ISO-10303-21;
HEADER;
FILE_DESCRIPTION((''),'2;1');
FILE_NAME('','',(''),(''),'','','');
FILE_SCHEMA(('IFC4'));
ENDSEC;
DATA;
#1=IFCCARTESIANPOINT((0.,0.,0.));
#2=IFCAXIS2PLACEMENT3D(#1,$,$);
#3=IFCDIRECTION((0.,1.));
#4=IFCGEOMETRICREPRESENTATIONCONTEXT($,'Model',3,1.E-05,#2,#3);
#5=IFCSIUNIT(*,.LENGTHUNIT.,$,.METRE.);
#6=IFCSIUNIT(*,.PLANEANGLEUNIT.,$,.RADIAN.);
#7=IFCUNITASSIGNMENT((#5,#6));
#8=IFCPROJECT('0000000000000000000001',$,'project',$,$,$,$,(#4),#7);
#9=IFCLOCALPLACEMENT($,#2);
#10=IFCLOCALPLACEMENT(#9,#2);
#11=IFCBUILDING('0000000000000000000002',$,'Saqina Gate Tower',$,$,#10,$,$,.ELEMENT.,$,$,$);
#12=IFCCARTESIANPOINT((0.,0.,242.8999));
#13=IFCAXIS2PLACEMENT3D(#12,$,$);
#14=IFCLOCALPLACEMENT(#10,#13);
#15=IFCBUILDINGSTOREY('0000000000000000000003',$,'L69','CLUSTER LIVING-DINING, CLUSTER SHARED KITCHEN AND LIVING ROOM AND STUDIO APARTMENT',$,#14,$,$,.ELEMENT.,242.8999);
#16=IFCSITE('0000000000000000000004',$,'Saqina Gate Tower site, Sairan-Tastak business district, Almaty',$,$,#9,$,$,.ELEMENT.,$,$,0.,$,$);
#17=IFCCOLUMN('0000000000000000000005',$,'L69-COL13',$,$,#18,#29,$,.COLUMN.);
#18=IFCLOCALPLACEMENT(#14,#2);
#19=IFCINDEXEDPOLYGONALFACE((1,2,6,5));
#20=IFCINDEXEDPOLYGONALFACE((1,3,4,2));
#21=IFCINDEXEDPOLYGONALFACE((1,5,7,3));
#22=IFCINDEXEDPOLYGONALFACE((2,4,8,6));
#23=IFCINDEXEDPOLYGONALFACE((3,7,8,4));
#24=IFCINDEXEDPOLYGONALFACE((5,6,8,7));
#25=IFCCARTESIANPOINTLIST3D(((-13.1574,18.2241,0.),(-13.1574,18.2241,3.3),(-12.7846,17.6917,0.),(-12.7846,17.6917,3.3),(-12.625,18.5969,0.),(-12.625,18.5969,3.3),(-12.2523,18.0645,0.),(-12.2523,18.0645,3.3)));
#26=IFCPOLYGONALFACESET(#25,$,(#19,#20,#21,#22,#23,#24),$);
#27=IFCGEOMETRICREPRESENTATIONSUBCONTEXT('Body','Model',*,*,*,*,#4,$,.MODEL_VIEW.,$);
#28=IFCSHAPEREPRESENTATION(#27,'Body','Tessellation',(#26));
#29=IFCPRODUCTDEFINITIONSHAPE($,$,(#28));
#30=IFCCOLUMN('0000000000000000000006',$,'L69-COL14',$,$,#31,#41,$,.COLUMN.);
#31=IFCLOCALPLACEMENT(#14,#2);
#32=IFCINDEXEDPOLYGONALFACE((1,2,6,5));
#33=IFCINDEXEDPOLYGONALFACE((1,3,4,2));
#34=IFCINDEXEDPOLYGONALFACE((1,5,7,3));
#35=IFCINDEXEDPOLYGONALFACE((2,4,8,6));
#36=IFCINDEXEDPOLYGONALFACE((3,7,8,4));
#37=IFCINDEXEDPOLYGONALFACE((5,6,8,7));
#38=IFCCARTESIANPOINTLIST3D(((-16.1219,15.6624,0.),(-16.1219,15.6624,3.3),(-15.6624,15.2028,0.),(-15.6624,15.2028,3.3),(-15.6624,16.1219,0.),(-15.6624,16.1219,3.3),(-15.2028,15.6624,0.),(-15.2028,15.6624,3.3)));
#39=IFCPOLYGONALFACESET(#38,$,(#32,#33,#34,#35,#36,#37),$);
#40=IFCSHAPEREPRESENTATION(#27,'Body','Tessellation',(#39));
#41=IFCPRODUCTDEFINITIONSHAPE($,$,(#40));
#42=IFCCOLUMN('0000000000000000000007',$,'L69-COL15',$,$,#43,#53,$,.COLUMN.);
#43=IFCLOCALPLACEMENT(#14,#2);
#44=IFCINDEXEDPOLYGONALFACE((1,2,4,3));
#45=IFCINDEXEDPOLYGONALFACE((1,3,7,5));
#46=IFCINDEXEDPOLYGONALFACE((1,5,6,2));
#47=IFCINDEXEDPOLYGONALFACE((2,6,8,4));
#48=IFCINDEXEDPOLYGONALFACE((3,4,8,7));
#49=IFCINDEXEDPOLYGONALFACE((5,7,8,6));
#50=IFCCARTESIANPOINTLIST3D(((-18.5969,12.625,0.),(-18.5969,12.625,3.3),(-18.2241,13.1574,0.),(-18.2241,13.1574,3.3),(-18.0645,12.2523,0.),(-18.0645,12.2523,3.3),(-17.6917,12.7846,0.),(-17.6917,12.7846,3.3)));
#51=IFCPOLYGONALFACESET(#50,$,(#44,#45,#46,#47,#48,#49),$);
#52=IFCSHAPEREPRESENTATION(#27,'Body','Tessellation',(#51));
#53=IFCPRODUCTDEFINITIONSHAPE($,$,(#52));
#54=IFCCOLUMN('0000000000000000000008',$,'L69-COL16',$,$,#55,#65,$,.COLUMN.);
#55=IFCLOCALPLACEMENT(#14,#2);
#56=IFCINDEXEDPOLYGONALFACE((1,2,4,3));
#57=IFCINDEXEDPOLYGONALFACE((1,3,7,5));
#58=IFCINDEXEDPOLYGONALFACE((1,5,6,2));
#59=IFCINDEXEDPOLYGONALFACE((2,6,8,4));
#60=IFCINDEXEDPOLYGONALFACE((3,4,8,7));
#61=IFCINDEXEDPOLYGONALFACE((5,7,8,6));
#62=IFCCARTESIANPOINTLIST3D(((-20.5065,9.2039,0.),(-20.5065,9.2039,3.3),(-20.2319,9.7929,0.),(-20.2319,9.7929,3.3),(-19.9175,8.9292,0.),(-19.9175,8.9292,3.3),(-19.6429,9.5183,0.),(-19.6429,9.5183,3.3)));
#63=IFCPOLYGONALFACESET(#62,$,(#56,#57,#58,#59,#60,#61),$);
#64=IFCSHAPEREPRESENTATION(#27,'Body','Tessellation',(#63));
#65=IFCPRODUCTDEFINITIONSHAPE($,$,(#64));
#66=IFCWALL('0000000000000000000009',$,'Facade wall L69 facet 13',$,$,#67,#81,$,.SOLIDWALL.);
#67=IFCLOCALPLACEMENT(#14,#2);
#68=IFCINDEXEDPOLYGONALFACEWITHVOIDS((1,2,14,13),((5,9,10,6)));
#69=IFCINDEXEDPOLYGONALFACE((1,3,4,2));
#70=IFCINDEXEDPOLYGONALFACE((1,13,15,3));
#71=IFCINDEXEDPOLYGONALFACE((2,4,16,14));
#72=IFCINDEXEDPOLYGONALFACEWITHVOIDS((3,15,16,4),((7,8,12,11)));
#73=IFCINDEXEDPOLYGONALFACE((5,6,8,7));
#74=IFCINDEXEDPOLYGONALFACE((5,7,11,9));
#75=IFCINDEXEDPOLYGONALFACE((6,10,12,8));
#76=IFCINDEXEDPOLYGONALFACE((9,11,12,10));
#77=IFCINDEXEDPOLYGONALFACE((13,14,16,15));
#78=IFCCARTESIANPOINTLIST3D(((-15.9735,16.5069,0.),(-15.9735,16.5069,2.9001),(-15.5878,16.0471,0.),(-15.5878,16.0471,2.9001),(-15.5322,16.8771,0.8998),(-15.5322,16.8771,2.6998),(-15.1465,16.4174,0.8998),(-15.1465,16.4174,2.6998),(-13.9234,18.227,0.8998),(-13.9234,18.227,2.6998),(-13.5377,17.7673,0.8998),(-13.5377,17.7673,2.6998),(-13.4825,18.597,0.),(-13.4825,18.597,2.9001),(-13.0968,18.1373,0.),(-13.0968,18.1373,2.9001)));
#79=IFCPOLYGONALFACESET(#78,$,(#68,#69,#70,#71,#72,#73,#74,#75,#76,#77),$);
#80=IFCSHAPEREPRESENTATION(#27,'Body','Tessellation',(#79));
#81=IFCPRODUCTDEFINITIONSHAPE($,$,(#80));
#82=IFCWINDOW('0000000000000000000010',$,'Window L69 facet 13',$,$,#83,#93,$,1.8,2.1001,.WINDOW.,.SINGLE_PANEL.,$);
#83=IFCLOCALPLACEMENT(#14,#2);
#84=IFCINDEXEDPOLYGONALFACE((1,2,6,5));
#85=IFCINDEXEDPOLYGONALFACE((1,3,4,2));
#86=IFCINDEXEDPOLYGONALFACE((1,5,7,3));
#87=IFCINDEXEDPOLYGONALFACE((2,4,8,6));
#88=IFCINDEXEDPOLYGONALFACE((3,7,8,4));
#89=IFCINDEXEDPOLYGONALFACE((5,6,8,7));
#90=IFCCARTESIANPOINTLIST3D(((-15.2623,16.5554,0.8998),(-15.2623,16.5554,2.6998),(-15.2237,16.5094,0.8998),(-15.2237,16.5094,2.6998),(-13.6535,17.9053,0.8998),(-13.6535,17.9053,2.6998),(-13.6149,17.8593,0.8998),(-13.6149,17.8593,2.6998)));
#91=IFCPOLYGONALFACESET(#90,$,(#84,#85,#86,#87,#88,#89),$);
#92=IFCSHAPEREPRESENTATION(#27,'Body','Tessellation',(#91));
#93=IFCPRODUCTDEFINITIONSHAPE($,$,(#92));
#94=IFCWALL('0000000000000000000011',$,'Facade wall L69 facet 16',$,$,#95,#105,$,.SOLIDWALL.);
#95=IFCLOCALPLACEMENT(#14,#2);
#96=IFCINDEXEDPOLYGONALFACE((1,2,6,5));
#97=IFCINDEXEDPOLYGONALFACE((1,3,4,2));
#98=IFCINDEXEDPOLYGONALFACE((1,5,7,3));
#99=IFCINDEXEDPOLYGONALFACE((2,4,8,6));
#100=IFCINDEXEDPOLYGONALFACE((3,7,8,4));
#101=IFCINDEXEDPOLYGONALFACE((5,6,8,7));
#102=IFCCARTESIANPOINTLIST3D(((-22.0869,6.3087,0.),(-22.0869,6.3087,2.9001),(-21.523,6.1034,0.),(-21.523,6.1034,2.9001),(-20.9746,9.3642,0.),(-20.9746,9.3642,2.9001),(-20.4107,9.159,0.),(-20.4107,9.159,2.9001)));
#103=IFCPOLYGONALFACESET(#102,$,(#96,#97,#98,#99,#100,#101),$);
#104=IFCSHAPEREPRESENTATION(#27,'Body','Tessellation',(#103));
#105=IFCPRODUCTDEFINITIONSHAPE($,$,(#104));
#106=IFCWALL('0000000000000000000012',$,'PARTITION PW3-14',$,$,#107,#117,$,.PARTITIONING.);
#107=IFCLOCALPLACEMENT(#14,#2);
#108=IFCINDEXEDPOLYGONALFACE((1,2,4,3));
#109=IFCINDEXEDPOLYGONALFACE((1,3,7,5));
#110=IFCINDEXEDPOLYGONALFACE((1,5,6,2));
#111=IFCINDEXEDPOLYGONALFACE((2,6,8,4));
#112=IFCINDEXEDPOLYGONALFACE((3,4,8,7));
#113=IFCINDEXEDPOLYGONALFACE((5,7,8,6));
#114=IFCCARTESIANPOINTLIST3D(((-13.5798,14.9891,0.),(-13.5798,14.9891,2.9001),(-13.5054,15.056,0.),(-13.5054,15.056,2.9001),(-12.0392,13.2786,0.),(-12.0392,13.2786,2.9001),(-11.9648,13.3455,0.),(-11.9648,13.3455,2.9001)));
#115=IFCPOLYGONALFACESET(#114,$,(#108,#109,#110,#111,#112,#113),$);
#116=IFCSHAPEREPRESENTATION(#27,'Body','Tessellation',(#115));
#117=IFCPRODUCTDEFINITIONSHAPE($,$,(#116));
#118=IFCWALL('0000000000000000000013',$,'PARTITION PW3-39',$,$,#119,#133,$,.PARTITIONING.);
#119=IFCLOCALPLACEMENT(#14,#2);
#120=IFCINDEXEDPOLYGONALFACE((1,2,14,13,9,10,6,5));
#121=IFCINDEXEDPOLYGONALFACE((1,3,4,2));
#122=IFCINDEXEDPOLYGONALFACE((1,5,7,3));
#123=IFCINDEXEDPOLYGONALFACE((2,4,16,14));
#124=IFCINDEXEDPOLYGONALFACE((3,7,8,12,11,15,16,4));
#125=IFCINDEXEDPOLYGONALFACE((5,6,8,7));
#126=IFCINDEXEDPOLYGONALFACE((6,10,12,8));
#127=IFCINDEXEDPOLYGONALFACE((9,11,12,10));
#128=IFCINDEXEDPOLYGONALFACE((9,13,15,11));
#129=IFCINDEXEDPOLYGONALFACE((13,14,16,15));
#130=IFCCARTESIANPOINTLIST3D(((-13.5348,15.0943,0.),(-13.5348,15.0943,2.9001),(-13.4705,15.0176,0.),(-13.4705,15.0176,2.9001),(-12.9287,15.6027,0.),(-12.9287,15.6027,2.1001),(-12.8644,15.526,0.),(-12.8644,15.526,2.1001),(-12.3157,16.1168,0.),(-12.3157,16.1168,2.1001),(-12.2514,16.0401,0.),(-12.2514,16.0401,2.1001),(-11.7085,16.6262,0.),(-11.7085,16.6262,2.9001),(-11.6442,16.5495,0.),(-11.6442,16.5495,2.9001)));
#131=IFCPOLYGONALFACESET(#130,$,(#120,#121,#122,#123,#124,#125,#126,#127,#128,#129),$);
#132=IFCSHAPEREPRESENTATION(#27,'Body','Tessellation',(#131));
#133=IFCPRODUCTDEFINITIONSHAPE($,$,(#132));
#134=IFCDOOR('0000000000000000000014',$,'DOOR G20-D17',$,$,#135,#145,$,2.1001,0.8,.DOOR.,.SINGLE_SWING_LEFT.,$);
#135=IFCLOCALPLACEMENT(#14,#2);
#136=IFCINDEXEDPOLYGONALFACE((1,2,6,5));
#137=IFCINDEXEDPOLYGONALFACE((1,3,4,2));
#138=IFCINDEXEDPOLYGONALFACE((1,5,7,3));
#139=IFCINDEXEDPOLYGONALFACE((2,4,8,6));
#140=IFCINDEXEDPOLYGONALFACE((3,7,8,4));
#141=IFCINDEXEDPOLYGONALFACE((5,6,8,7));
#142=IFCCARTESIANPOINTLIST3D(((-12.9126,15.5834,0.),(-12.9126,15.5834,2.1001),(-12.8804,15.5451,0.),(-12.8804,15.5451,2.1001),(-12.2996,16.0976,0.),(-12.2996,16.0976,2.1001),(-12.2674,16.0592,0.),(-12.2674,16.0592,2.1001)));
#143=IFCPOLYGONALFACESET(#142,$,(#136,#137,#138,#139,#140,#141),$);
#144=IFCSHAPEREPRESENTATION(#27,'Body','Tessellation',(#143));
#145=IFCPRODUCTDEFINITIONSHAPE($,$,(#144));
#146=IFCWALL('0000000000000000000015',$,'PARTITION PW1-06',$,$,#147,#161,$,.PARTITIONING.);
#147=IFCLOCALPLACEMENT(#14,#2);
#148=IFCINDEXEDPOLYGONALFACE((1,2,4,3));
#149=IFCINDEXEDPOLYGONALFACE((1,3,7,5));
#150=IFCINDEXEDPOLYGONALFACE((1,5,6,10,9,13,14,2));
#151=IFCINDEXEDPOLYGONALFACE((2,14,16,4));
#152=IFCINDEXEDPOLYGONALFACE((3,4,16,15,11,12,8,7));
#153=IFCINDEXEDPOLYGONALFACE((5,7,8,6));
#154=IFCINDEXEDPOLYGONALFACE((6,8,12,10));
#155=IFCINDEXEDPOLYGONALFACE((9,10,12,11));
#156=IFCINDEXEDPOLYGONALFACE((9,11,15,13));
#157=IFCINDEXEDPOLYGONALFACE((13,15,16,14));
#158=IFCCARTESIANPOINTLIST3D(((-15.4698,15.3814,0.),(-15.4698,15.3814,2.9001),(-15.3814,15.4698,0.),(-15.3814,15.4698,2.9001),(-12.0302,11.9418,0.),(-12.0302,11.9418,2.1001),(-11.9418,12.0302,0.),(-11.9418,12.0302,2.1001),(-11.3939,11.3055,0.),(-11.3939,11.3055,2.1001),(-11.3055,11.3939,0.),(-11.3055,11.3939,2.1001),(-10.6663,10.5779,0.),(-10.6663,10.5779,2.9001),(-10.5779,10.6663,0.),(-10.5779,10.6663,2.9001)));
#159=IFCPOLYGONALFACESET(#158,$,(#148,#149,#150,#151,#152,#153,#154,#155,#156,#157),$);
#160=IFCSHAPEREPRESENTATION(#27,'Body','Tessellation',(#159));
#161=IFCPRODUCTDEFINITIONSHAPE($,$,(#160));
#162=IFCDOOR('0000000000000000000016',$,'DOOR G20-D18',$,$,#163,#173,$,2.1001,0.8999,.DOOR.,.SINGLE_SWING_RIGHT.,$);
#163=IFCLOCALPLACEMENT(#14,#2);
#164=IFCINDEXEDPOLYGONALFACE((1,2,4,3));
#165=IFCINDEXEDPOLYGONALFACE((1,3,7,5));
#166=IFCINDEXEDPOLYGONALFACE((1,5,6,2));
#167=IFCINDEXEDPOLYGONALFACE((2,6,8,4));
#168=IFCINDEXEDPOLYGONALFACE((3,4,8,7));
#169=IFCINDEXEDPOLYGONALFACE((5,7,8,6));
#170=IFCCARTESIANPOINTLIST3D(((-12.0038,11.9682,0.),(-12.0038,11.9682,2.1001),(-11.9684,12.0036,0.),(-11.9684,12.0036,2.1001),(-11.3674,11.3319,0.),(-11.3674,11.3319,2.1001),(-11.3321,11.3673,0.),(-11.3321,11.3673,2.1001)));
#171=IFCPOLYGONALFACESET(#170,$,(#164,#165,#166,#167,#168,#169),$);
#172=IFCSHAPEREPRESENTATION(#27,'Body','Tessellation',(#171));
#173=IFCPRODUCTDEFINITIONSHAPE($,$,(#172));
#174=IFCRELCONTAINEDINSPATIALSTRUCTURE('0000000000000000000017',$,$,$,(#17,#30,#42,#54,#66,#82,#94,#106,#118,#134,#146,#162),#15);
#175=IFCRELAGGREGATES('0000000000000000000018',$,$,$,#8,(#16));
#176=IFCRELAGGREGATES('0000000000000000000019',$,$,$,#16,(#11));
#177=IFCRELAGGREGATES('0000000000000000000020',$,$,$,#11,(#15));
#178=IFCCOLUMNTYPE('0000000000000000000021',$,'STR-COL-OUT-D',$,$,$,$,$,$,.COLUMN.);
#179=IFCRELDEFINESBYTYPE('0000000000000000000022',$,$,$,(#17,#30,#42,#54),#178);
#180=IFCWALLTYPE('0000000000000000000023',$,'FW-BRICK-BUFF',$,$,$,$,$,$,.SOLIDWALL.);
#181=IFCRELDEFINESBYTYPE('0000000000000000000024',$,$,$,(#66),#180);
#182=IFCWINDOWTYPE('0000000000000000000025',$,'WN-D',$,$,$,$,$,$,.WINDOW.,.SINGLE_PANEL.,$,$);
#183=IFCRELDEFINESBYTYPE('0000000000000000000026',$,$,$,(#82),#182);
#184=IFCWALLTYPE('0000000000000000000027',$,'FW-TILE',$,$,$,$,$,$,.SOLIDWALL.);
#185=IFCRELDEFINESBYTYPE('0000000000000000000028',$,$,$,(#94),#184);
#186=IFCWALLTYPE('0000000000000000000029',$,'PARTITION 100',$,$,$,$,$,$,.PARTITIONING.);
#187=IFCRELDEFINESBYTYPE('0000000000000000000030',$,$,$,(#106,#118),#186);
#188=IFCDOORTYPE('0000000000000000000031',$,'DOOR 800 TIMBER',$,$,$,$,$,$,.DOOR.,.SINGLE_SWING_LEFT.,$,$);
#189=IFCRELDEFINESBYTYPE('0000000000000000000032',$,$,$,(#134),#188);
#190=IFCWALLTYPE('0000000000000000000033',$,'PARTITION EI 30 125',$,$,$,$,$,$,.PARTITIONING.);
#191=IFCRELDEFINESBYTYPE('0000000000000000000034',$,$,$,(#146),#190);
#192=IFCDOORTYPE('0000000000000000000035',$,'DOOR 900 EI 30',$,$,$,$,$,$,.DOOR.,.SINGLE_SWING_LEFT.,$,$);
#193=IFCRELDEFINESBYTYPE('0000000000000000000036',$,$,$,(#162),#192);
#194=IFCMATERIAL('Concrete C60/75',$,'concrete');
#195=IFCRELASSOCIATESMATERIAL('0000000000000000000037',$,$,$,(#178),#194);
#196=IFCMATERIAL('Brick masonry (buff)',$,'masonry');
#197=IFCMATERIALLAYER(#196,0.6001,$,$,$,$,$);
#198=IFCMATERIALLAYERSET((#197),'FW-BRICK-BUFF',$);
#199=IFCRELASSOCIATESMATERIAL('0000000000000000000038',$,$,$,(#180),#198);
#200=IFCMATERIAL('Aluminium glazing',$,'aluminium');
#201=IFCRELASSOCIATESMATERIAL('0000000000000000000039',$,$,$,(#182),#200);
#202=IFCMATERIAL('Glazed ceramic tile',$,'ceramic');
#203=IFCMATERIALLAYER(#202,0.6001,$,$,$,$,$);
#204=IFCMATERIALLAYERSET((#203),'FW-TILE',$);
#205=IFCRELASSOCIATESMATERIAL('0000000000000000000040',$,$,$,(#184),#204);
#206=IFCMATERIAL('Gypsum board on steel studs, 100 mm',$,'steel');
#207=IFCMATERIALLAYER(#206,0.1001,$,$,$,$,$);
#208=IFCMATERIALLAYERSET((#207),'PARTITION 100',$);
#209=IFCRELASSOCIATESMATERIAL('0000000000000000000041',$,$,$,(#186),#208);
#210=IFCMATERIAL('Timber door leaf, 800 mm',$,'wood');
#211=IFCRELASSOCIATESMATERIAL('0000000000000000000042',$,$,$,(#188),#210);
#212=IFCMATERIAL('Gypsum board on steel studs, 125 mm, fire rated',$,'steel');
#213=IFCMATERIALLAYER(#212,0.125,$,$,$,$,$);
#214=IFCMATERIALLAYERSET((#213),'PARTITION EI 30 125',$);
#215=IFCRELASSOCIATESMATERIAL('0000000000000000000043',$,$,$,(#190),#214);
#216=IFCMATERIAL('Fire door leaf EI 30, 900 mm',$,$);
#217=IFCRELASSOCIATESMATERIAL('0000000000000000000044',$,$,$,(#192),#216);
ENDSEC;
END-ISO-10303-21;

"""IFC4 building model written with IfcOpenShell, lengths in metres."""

from ifc_helpers import new_model, si_unit, direction, frame, frame_2d, origin, origin_2d, place, context, subcontext, project, spatial, rectangle, extrude, material, layer, layer_set, material_profile, profile_set, type_object, element, fill, save


model = new_model("IFC4")

# Units and contexts
model_context = context("Model", 3, precision=1e-05, world=origin(), true_north=direction((0.0, 1.0)))
body_context = subcontext(model_context, "Body", "Model", "MODEL_VIEW")
ifc_project = project(units=[si_unit("LENGTHUNIT", "METRE"), si_unit("PLANEANGLEUNIT", "RADIAN")], contexts=[model_context])

# Site, building, storey
site_placement = place(None, origin())
site = spatial("IfcSite", under=ifc_project, at=site_placement, Name="Saqina Gate Tower site, Sairan-Tastak business district, Almaty", CompositionType="ELEMENT", RefElevation=0.0)
building_placement = place(site_placement, origin())
building = spatial("IfcBuilding", under=site, at=building_placement, Name="Saqina Gate Tower", CompositionType="ELEMENT")
storey_placement = place(building_placement, frame((0.0, 0.0, 242.8999)))
storey = spatial("IfcBuildingStorey", under=building, at=storey_placement, Name="L69", Description="CLUSTER LIVING-DINING, CLUSTER SHARED KITCHEN AND LIVING ROOM AND STUDIO APARTMENT", CompositionType="ELEMENT", Elevation=242.8999)

# Columns
ifc_material_1 = material(Name="Concrete C60/75", Category="concrete")
ifc_material_profile = material_profile(ifc_material_1, rectangle(XDim=0.6499, YDim=0.6499, at=origin_2d()), Name="RC 650x650")
ifc_profile_set = profile_set([ifc_material_profile], Name="Concrete C60/75")
column_type = type_object("IfcColumnType", Name="STR-COL-OUT-D", PredefinedType="COLUMN", material=ifc_profile_set)
for number, where, z_axis, x_axis, name in (
    (1, (-12.7048, 18.1443, 0.0), (0.0, 0.0, 1.0), (-0.573576, 0.819152, 0.0), "L69-COL13"),
    (2, (-15.6624, 15.6624, 0.0), (0.0, 0.0, 1.0), (-0.707107, 0.707107, 0.0), "L69-COL14"),
    (3, (-18.1443, 12.7048, 0.0), (0.0, 0.0, 1.0), (-0.819152, 0.573576, 0.0), "L69-COL15"),
    (4, (-20.0747, 9.3611, 0.0), (0.0, 0.0, 1.0), (-0.906308, 0.422618, 0.0), "L69-COL16"),
):
    element("IfcColumn", number, at=place(storey_placement, frame(where, z_axis=z_axis, x_axis=x_axis)), inside=storey, type_object=column_type, Name=name, PredefinedType="COLUMN", context=body_context, shape_type="SweptSolid", body=[
        extrude(rectangle(XDim=0.6499, YDim=0.6499, at=origin_2d()), origin(), (0.0, 0.0, 1.0), 3.3),
    ])

# Wall, opening, window
ifc_material_2 = material(Name="Brick masonry (buff)", Category="masonry")
ifc_layer_1 = layer(ifc_material_2, 0.6001)
ifc_layer_set_1 = layer_set([ifc_layer_1], Name="FW-BRICK-BUFF")
wall_type_1 = type_object("IfcWallType", Name="FW-BRICK-BUFF", PredefinedType="SOLIDWALL", material=ifc_layer_set_1)
wall_1_placement = place(storey_placement, frame((-13.2896, 18.3672, 0.0), z_axis=(0.0, 0.0, 1.0), x_axis=(-0.766057, -0.642773, 0.0)))
wall_1 = element("IfcWall", 5, at=wall_1_placement, inside=storey, type_object=wall_type_1, Name="Facade wall L69 facet 13", PredefinedType="SOLIDWALL", context=body_context, shape_type="SweptSolid", body=[
    extrude(rectangle(XDim=3.2517, YDim=0.6001, at=frame_2d((1.626, 0.0))), origin(), (0.0, 0.0, 1.0), 2.9001),
])
opening_1_placement = place(wall_1_placement, frame((0.5757, 0.0, 0.8999)))
opening_1 = element("IfcOpeningElement", 6, at=opening_1_placement, cuts=wall_1, PredefinedType="OPENING", context=body_context, shape_type="SweptSolid", body=[
    extrude(rectangle(XDim=2.1001, YDim=1.8, at=frame_2d((1.05, 0.8999))), frame((0.0, 0.312, 0.0), z_axis=(0.0, -1.0, 0.0), x_axis=(1.0, 0.0, 0.0)), (0.0, 0.0, 1.0), 0.624),
])
ifc_material_3 = material(Name="Aluminium glazing", Category="aluminium")
window_type = type_object("IfcWindowType", Name="WN-D", PartitioningType="SINGLE_PANEL", PredefinedType="WINDOW", material=ifc_material_3)
window_placement = place(opening_1_placement, origin())
window = element("IfcWindow", 7, at=window_placement, inside=storey, type_object=window_type, Name="Window L69 facet 13", OverallHeight=1.8, OverallWidth=2.1001, PartitioningType="SINGLE_PANEL", PredefinedType="WINDOW", context=body_context, shape_type="SweptSolid", body=[
    extrude(rectangle(XDim=2.1001, YDim=1.8, at=frame_2d((1.05, 0.8999))), frame((0.0, 0.1799, 0.0), z_axis=(0.0, -1.0, 0.0), x_axis=(1.0, 0.0, 0.0)), (0.0, 0.0, 1.0), 0.0601),
])
fill(opening_1, window)

# Walls
ifc_material_4 = material(Name="Glazed ceramic tile", Category="ceramic")
ifc_layer_2 = layer(ifc_material_4, 0.6001)
ifc_layer_set_2 = layer_set([ifc_layer_2], Name="FW-TILE")
wall_type_2 = type_object("IfcWallType", Name="FW-TILE", PredefinedType="SOLIDWALL", material=ifc_layer_set_2)
wall_2_placement = place(storey_placement, frame((-20.6926, 9.2617, 0.0), z_axis=(0.0, 0.0, 1.0), x_axis=(-0.342057, -0.939679, 0.0)))
element("IfcWall", 8, at=wall_2_placement, inside=storey, type_object=wall_type_2, Name="Facade wall L69 facet 16", PredefinedType="SOLIDWALL", context=body_context, shape_type="SweptSolid", body=[
    extrude(rectangle(XDim=3.2517, YDim=0.6001, at=frame_2d((1.626, 0.0))), origin(), (0.0, 0.0, 1.0), 2.9001),
])
ifc_material_5 = material(Name="Gypsum board on steel studs, 100 mm", Category="steel")
ifc_layer_3 = layer(ifc_material_5, 0.1001)
ifc_layer_set_3 = layer_set([ifc_layer_3], Name="PARTITION 100")
wall_type_3 = type_object("IfcWallType", Name="PARTITION 100", PredefinedType="PARTITIONING", material=ifc_layer_set_3)
wall_3_placement = place(storey_placement, frame((-13.5425, 15.0225, 0.0), z_axis=(0.0, 0.0, 1.0), x_axis=(0.669234, -0.743052, 0.0)))
element("IfcWall", 9, at=wall_3_placement, inside=storey, type_object=wall_type_3, Name="PARTITION PW3-14", PredefinedType="PARTITIONING", context=body_context, shape_type="SweptSolid", body=[
    extrude(rectangle(XDim=2.302, YDim=0.1001, at=frame_2d((1.1509, 0.0))), origin(), (0.0, 0.0, 1.0), 2.9001),
])

# Walls, openings, doors
wall_4_placement = place(storey_placement, frame((-13.5027, 15.0559, 0.0), z_axis=(0.0, 0.0, 1.0), x_axis=(0.766161, 0.642649, 0.0)))
wall_4 = element("IfcWall", 10, at=wall_4_placement, inside=storey, type_object=wall_type_3, Name="PARTITION PW3-39", PredefinedType="PARTITIONING", context=body_context, shape_type="SweptSolid", body=[
    extrude(rectangle(XDim=2.3838, YDim=0.1001, at=frame_2d((1.1919, 0.0))), origin(), (0.0, 0.0, 1.0), 2.9001),
])
opening_2_placement = place(wall_4_placement, frame((0.7913, 0.0, 0.0)))
opening_2 = element("IfcOpeningElement", 11, at=opening_2_placement, cuts=wall_4, PredefinedType="OPENING", context=body_context, shape_type="SweptSolid", body=[
    extrude(rectangle(XDim=0.8, YDim=2.1001, at=frame_2d((0.3999, 1.05))), frame((0.0, 0.062, 0.0), z_axis=(0.0, -1.0, 0.0), x_axis=(1.0, 0.0, 0.0)), (0.0, 0.0, 1.0), 0.124),
])
ifc_material_6 = material(Name="Timber door leaf, 800 mm", Category="wood")
door_type_1 = type_object("IfcDoorType", Name="DOOR 800 TIMBER", OperationType="SINGLE_SWING_LEFT", PredefinedType="DOOR", material=ifc_material_6)
door_1_placement = place(opening_2_placement, origin())
door_1 = element("IfcDoor", 12, at=door_1_placement, inside=storey, type_object=door_type_1, Name="DOOR G20-D17", OperationType="SINGLE_SWING_LEFT", OverallHeight=2.1001, OverallWidth=0.8, PredefinedType="DOOR", context=body_context, shape_type="SweptSolid", body=[
    extrude(rectangle(XDim=0.8, YDim=2.1001, at=frame_2d((0.3999, 1.05))), frame((0.0, 0.0249, 0.0), z_axis=(0.0, -1.0, 0.0), x_axis=(1.0, 0.0, 0.0)), (0.0, 0.0, 1.0), 0.05),
])
fill(opening_2, door_1)
ifc_material_7 = material(Name="Gypsum board on steel studs, 125 mm, fire rated", Category="steel")
ifc_layer_4 = layer(ifc_material_7, 0.125)
ifc_layer_set_4 = layer_set([ifc_layer_4], Name="PARTITION EI 30 125")
wall_type_4 = type_object("IfcWallType", Name="PARTITION EI 30 125", PredefinedType="PARTITIONING", material=ifc_layer_set_4)
wall_5_placement = place(storey_placement, frame((-15.4255, 15.4255, 0.0), z_axis=(0.0, 0.0, 1.0), x_axis=(0.707107, -0.707107, 0.0)))
wall_5 = element("IfcWall", 13, at=wall_5_placement, inside=storey, type_object=wall_type_4, Name="PARTITION PW1-06", PredefinedType="PARTITIONING", context=body_context, shape_type="SweptSolid", body=[
    extrude(rectangle(XDim=6.7932, YDim=0.125, at=frame_2d((3.3965, 0.0))), origin(), (0.0, 0.0, 1.0), 2.9001),
])
opening_3_placement = place(wall_5_placement, frame((4.8643, 0.0, 0.0)))
opening_3 = element("IfcOpeningElement", 14, at=opening_3_placement, cuts=wall_5, PredefinedType="OPENING", context=body_context, shape_type="SweptSolid", body=[
    extrude(rectangle(XDim=0.8999, YDim=2.1001, at=frame_2d((0.45, 1.05))), frame((0.0, 0.0745, 0.0), z_axis=(0.0, -1.0, 0.0), x_axis=(1.0, 0.0, 0.0)), (0.0, 0.0, 1.0), 0.1489),
])
ifc_material_8 = material(Name="Fire door leaf EI 30, 900 mm")
door_type_2 = type_object("IfcDoorType", Name="DOOR 900 EI 30", OperationType="SINGLE_SWING_LEFT", PredefinedType="DOOR", material=ifc_material_8)
door_2_placement = place(opening_3_placement, origin())
door_2 = element("IfcDoor", 15, at=door_2_placement, inside=storey, type_object=door_type_2, Name="DOOR G20-D18", OperationType="SINGLE_SWING_RIGHT", OverallHeight=2.1001, OverallWidth=0.8999, PredefinedType="DOOR", context=body_context, shape_type="SweptSolid", body=[
    extrude(rectangle(XDim=0.8999, YDim=2.1001, at=frame_2d((0.45, 1.05))), frame((0.0, 0.0249, 0.0), z_axis=(0.0, -1.0, 0.0), x_axis=(1.0, 0.0, 0.0)), (0.0, 0.0, 1.0), 0.05),
])
fill(opening_3, door_2)

save(model, "model.ifc")
